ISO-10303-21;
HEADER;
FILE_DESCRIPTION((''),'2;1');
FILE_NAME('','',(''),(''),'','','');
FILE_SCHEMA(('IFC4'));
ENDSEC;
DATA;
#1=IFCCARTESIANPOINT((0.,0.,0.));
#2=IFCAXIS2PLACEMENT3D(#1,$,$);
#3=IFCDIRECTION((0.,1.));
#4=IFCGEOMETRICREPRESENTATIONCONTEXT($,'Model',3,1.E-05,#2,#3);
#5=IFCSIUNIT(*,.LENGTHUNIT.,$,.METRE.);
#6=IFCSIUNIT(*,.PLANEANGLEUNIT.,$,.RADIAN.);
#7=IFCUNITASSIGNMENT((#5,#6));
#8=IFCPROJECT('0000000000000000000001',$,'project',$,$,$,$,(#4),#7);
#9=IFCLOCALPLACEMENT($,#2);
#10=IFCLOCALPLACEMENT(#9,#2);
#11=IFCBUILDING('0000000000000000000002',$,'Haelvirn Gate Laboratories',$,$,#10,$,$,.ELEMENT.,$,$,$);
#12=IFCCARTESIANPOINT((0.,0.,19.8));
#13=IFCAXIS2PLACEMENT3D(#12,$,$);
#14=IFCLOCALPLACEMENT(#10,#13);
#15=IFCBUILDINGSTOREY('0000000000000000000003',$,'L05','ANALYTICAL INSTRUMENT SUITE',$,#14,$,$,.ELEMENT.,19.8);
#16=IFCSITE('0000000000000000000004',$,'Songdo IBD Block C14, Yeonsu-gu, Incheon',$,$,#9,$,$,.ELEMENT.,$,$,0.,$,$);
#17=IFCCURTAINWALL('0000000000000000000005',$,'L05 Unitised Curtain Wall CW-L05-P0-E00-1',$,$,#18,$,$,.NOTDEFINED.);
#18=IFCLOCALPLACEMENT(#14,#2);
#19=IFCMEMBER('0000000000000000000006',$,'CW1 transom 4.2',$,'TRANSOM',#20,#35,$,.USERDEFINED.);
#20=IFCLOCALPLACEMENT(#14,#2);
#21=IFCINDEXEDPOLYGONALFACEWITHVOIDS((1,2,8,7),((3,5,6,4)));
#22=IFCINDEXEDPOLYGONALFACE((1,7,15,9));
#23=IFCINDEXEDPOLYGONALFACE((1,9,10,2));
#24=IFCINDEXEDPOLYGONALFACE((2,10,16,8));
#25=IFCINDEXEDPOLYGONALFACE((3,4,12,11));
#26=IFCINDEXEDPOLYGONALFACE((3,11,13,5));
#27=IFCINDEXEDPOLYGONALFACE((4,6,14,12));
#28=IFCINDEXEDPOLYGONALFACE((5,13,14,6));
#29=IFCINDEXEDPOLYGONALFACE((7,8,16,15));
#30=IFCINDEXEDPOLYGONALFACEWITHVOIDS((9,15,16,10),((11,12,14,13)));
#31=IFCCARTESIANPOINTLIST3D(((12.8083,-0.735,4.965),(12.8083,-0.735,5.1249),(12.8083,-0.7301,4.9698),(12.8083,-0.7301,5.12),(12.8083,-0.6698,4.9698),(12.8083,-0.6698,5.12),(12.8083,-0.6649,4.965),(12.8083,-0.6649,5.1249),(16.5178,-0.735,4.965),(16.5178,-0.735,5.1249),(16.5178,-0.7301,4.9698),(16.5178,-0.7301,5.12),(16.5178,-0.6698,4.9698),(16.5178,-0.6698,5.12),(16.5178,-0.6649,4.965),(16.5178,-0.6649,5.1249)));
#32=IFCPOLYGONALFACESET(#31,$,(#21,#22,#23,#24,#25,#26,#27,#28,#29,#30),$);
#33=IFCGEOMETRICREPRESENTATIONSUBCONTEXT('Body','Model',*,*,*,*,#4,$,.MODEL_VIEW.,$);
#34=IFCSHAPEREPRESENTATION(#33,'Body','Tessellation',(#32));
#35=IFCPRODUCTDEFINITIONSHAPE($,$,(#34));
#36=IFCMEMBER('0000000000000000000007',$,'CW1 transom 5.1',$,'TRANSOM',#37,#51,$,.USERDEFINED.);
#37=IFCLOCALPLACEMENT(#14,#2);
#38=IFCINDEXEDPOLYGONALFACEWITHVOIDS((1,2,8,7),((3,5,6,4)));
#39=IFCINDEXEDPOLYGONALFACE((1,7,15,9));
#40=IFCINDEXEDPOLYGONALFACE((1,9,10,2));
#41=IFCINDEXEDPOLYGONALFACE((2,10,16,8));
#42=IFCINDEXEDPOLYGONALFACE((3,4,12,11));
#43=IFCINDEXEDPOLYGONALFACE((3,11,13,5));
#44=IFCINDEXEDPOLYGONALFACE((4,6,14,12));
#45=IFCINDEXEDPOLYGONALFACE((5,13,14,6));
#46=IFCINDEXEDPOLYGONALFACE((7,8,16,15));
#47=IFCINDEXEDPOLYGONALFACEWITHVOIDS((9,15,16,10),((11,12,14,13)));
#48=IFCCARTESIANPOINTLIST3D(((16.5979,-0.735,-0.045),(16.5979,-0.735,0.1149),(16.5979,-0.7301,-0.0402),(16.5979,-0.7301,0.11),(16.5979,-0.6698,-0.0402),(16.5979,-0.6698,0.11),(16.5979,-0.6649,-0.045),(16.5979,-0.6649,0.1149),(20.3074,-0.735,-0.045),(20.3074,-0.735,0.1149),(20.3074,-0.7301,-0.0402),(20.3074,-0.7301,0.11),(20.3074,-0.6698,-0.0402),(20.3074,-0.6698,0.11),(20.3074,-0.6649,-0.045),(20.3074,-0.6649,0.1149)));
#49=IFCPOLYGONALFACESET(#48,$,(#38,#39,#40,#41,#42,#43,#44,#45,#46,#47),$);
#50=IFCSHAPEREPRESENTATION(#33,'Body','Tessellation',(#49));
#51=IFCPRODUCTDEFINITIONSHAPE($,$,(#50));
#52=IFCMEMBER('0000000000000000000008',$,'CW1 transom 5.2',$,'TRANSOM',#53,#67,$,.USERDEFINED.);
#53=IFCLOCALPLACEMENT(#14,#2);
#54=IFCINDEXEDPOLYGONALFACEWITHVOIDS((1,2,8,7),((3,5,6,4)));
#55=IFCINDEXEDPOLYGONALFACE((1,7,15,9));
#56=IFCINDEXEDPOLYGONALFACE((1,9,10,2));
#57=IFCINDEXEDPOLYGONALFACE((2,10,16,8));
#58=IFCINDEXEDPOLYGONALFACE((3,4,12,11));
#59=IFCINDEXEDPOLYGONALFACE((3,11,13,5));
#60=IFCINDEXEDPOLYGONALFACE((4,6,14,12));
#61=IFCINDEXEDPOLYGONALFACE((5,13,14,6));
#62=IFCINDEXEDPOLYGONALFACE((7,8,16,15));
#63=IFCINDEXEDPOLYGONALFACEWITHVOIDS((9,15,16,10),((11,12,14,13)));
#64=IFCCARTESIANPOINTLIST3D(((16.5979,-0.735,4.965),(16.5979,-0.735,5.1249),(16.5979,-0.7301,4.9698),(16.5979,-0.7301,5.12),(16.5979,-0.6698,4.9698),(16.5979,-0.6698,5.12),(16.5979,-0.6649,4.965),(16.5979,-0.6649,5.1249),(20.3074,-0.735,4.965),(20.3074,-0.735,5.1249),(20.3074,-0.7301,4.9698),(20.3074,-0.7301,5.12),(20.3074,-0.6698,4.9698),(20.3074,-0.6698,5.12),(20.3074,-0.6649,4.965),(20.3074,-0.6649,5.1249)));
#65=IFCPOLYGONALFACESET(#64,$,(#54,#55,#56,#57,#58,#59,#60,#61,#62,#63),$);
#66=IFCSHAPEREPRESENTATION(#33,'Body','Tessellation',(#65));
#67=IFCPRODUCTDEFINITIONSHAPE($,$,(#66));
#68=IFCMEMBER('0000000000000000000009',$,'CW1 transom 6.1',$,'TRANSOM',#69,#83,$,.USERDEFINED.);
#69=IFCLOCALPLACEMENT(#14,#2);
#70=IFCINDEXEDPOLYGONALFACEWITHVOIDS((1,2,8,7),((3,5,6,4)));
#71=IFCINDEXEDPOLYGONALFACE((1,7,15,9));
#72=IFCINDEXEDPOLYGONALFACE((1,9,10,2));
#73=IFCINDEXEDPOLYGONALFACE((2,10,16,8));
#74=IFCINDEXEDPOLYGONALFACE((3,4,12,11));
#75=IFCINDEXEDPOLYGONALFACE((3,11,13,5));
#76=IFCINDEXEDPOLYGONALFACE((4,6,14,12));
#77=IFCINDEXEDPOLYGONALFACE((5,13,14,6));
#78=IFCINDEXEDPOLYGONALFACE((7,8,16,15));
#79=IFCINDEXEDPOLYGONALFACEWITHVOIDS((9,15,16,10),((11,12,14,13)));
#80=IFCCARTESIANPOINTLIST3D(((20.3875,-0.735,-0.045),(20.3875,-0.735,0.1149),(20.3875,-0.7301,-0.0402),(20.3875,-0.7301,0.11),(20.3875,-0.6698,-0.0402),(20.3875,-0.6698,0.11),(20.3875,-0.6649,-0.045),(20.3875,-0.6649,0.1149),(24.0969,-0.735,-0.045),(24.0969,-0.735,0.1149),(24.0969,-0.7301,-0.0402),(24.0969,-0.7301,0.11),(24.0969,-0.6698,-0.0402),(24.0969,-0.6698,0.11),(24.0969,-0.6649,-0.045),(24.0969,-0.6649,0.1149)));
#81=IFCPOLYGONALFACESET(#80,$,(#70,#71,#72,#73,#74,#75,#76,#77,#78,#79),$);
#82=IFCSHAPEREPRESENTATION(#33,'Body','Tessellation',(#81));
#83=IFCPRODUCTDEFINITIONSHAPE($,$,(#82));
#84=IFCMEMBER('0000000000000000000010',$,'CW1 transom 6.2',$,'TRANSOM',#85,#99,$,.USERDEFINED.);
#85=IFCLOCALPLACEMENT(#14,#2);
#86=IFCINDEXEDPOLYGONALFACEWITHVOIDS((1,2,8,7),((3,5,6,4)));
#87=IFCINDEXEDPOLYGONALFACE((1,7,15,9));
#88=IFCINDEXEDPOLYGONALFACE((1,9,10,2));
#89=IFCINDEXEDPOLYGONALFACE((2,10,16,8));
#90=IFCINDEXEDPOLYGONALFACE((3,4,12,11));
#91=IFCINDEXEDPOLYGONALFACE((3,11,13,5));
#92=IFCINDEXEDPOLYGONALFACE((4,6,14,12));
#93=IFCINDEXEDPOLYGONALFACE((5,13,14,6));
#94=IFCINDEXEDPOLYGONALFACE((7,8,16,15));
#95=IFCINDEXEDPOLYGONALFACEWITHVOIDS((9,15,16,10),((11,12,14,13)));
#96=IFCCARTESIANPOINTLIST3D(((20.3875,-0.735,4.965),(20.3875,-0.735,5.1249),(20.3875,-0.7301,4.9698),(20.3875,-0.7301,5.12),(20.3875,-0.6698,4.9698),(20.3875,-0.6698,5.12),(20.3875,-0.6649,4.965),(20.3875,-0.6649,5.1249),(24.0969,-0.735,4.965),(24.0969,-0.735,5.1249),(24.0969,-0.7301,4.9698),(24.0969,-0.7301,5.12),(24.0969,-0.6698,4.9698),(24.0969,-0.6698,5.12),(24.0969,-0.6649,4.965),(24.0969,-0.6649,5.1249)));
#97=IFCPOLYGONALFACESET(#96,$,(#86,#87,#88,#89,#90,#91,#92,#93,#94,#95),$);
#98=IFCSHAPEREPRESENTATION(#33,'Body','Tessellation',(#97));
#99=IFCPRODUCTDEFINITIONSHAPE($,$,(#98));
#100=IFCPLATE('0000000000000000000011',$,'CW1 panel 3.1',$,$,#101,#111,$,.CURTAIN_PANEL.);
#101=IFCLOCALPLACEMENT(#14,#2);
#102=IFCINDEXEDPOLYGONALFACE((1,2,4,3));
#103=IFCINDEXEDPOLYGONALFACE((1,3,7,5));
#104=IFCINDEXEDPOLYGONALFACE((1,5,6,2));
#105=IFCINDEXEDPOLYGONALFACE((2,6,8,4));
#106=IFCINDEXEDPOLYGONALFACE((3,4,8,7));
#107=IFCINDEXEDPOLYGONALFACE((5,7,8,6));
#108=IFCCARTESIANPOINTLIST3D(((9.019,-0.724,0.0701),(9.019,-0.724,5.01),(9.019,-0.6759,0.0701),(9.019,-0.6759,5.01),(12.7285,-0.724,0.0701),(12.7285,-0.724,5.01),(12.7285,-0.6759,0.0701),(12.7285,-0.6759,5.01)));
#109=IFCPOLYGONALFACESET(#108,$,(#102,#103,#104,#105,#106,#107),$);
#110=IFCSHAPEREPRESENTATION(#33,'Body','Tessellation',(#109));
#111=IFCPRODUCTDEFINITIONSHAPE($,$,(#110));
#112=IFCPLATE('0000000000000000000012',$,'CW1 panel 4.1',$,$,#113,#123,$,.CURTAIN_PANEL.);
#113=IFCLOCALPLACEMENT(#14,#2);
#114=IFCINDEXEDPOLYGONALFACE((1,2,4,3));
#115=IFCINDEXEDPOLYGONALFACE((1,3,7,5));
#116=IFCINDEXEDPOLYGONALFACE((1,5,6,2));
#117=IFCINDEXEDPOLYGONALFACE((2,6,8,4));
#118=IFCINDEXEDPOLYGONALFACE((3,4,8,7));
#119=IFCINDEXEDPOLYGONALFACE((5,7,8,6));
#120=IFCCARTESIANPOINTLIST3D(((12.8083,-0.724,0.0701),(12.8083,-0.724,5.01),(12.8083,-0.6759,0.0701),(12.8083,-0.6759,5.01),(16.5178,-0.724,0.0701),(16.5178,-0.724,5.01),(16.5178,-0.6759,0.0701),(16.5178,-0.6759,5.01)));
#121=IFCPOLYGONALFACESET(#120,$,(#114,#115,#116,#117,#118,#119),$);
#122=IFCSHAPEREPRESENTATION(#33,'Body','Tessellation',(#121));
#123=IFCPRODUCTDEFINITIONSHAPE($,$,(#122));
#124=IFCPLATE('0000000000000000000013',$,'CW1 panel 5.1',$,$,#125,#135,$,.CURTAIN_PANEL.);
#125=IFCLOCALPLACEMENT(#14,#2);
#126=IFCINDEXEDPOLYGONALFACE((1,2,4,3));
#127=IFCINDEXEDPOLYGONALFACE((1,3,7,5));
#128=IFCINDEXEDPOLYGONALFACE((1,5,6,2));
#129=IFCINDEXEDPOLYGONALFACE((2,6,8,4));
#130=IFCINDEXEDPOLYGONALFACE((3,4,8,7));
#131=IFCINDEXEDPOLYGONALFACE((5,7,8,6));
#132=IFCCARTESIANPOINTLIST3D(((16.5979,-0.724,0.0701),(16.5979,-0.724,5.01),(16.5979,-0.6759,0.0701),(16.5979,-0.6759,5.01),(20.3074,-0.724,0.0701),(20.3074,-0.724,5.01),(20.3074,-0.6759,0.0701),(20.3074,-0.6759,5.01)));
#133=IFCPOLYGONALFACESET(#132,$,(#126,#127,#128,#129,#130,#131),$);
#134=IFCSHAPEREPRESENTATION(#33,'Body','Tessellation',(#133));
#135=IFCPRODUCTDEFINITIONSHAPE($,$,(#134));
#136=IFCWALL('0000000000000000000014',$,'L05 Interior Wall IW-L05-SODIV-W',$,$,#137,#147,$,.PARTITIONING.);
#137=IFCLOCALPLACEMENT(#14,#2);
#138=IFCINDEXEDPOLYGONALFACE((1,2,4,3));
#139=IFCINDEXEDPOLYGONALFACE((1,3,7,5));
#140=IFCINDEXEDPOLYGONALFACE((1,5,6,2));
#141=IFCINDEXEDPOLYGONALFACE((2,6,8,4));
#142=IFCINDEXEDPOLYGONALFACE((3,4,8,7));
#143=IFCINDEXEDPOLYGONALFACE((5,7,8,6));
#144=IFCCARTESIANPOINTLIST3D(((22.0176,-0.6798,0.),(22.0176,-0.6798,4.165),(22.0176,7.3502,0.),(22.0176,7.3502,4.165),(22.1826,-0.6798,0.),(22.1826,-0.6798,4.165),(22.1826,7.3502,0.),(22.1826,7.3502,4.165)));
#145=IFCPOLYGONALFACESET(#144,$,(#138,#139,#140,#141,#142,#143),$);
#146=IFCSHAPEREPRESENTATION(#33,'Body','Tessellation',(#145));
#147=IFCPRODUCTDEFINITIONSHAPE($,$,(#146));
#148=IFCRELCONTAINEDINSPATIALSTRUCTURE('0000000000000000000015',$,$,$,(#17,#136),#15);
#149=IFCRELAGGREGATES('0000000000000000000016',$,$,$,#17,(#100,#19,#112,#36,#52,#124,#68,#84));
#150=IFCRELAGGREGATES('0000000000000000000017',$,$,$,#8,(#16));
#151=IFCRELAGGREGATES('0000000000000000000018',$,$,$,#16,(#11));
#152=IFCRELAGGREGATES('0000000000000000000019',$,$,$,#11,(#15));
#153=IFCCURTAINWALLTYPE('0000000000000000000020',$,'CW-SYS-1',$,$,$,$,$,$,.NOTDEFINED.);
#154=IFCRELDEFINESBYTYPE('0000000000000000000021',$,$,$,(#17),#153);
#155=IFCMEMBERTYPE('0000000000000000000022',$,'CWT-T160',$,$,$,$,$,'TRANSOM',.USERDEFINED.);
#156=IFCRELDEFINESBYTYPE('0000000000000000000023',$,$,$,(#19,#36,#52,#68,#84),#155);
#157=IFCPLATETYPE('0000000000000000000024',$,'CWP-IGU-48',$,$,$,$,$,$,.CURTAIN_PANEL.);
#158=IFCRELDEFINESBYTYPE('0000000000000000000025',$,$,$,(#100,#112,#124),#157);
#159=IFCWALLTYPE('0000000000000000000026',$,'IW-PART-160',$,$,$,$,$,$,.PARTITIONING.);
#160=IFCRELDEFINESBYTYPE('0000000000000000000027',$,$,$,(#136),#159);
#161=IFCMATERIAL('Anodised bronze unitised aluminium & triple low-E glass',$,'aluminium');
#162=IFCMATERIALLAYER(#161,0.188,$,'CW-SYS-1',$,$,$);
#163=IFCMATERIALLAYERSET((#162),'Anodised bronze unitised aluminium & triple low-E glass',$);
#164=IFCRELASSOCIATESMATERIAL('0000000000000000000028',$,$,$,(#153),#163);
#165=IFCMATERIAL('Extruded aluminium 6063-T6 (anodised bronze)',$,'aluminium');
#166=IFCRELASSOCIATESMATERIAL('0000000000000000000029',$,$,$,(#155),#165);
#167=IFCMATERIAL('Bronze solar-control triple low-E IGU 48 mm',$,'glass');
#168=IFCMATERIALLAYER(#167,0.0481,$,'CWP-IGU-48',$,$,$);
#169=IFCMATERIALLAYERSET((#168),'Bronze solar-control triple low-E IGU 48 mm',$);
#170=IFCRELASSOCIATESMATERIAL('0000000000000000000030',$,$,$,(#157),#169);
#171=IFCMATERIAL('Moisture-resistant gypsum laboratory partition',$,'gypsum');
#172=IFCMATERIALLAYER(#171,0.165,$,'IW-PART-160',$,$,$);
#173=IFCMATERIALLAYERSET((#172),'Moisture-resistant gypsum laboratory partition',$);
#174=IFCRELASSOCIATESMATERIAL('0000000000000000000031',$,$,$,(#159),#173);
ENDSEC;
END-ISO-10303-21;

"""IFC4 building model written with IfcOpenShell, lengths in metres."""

from ifc_helpers import new_model, si_unit, direction, frame, frame_2d, origin, origin_2d, place, context, subcontext, project, spatial, rectangle, hollow_rectangle, extrude, source, transform, mapped, material, layer, layer_set, material_profile, profile_set, type_object, type_shapes, element, aggregate, save


model = new_model("IFC4")

# Units and contexts
model_context = context("Model", 3, precision=1e-05, world=origin(), true_north=direction((0.0, 1.0)))
body_context = subcontext(model_context, "Body", "Model", "MODEL_VIEW")
ifc_project = project(units=[si_unit("LENGTHUNIT", "METRE"), si_unit("PLANEANGLEUNIT", "RADIAN")], contexts=[model_context])

# Site, building, storey
site_placement = place(None, origin())
site = spatial("IfcSite", under=ifc_project, at=site_placement, Name="Songdo IBD Block C14, Yeonsu-gu, Incheon", CompositionType="ELEMENT", RefElevation=0.0)
building_placement = place(site_placement, origin())
building = spatial("IfcBuilding", under=site, at=building_placement, Name="Haelvirn Gate Laboratories", CompositionType="ELEMENT")
storey_placement = place(building_placement, frame((0.0, 0.0, 19.8)))
storey = spatial("IfcBuildingStorey", under=building, at=storey_placement, Name="L05", Description="ANALYTICAL INSTRUMENT SUITE", CompositionType="ELEMENT", Elevation=19.8)

# Curtain wall, members, plates
ifc_material_1 = material(Name="Anodised bronze unitised aluminium & triple low-E glass", Category="aluminium")
ifc_layer_1 = layer(ifc_material_1, 0.188, Name="CW-SYS-1")
ifc_layer_set_1 = layer_set([ifc_layer_1], Name="Anodised bronze unitised aluminium & triple low-E glass")
curtain_wall_type = type_object("IfcCurtainWallType", Name="CW-SYS-1", PredefinedType="NOTDEFINED", material=ifc_layer_set_1)
curtain_wall_placement = place(storey_placement, origin())
curtain_wall = element("IfcCurtainWall", 1, at=curtain_wall_placement, inside=storey, type_object=curtain_wall_type, Name="L05 Unitised Curtain Wall CW-L05-P0-E00-1", PredefinedType="NOTDEFINED")
ifc_material_2 = material(Name="Extruded aluminium 6063-T6 (anodised bronze)", Category="aluminium")
ifc_material_profile_1 = material_profile(ifc_material_2, hollow_rectangle(XDim=0.0701, YDim=0.1599, WallThickness=0.0049, at=origin_2d()), Name="CWT-160x70x5")
ifc_profile_set_1 = profile_set([ifc_material_profile_1], Name="Extruded aluminium 6063-T6 (anodised bronze)")
member_type_1 = type_object("IfcMemberType", Name="CWT-T160", ElementType="TRANSOM", PredefinedType="USERDEFINED", material=ifc_profile_set_1)
shared_shape_1 = source(origin(), body_context, "Body", "SweptSolid", [
    extrude(hollow_rectangle(XDim=0.0701, YDim=0.1599, WallThickness=0.0049, at=origin_2d()), origin(), (0.0, 0.0, 1.0), 3.7095),
])
type_shapes(member_type_1, [shared_shape_1])
member_1_placement = place(storey_placement, frame((12.8083, -0.7, 5.0449), z_axis=(1.0, 0.0, 0.0), x_axis=(0.0, 1.0, 0.0)))
member_1 = element("IfcMember", 2, at=member_1_placement, type_object=member_type_1, Name="CW1 transom 4.2", ObjectType="TRANSOM", PredefinedType="USERDEFINED", context=body_context, shape_type="MappedRepresentation", body=[
    mapped(shared_shape_1, transform((0.0, 0.0, 0.0), scale=1.0)),
])
member_2_placement = place(storey_placement, frame((16.5979, -0.7, 0.0349), z_axis=(1.0, 0.0, 0.0), x_axis=(0.0, 1.0, 0.0)))
member_2 = element("IfcMember", 3, at=member_2_placement, type_object=member_type_1, Name="CW1 transom 5.1", ObjectType="TRANSOM", PredefinedType="USERDEFINED", context=body_context, shape_type="MappedRepresentation", body=[
    mapped(shared_shape_1, transform((0.0, 0.0, 0.0), scale=1.0)),
])
member_3_placement = place(storey_placement, frame((16.5979, -0.7, 5.0449), z_axis=(1.0, 0.0, 0.0), x_axis=(0.0, 1.0, 0.0)))
member_3 = element("IfcMember", 4, at=member_3_placement, type_object=member_type_1, Name="CW1 transom 5.2", ObjectType="TRANSOM", PredefinedType="USERDEFINED", context=body_context, shape_type="MappedRepresentation", body=[
    mapped(shared_shape_1, transform((0.0, 0.0, 0.0), scale=1.0)),
])
member_4_placement = place(storey_placement, frame((20.3875, -0.7, 0.0349), z_axis=(1.0, 0.0, 0.0), x_axis=(0.0, 1.0, 0.0)))
member_4 = element("IfcMember", 5, at=member_4_placement, type_object=member_type_1, Name="CW1 transom 6.1", ObjectType="TRANSOM", PredefinedType="USERDEFINED", context=body_context, shape_type="MappedRepresentation", body=[
    mapped(shared_shape_1, transform((0.0, 0.0, 0.0), scale=1.0)),
])
member_5_placement = place(storey_placement, frame((20.3875, -0.7, 5.0449), z_axis=(1.0, 0.0, 0.0), x_axis=(0.0, 1.0, 0.0)))
member_5 = element("IfcMember", 6, at=member_5_placement, type_object=member_type_1, Name="CW1 transom 6.2", ObjectType="TRANSOM", PredefinedType="USERDEFINED", context=body_context, shape_type="MappedRepresentation", body=[
    mapped(shared_shape_1, transform((0.0, 0.0, 0.0), scale=1.0)),
])
ifc_material_3 = material(Name="Bronze solar-control triple low-E IGU 48 mm", Category="glass")
ifc_layer_2 = layer(ifc_material_3, 0.0481, Name="CWP-IGU-48")
ifc_layer_set_2 = layer_set([ifc_layer_2], Name="Bronze solar-control triple low-E IGU 48 mm")
plate_type = type_object("IfcPlateType", Name="CWP-IGU-48", PredefinedType="CURTAIN_PANEL", material=ifc_layer_set_2)
shared_shape_2 = source(origin(), body_context, "Body", "SweptSolid", [
    extrude(rectangle(XDim=3.7095, YDim=0.0481, at=origin_2d()), origin(), (0.0, 0.0, 1.0), 4.9399),
])
type_shapes(plate_type, [shared_shape_2])
plate_1_placement = place(storey_placement, frame((10.8738, -0.7, 0.0701), z_axis=(0.0, 0.0, 1.0), x_axis=(1.0, 0.0, 0.0)))
plate_1 = element("IfcPlate", 7, at=plate_1_placement, type_object=plate_type, Name="CW1 panel 3.1", PredefinedType="CURTAIN_PANEL", context=body_context, shape_type="MappedRepresentation", body=[
    mapped(shared_shape_2, transform((0.0, 0.0, 0.0), scale=1.0)),
])
plate_2_placement = place(storey_placement, frame((14.6631, -0.7, 0.0701), z_axis=(0.0, 0.0, 1.0), x_axis=(1.0, 0.0, 0.0)))
plate_2 = element("IfcPlate", 8, at=plate_2_placement, type_object=plate_type, Name="CW1 panel 4.1", PredefinedType="CURTAIN_PANEL", context=body_context, shape_type="MappedRepresentation", body=[
    mapped(shared_shape_2, transform((0.0, 0.0, 0.0), scale=1.0)),
])
plate_3_placement = place(storey_placement, frame((18.4526, -0.7, 0.0701), z_axis=(0.0, 0.0, 1.0), x_axis=(1.0, 0.0, 0.0)))
plate_3 = element("IfcPlate", 9, at=plate_3_placement, type_object=plate_type, Name="CW1 panel 5.1", PredefinedType="CURTAIN_PANEL", context=body_context, shape_type="MappedRepresentation", body=[
    mapped(shared_shape_2, transform((0.0, 0.0, 0.0), scale=1.0)),
])
aggregate(curtain_wall, [plate_1, member_1, plate_2, member_2, member_3, plate_3, member_4, member_5])

# Wall
ifc_material_4 = material(Name="Moisture-resistant gypsum laboratory partition", Category="gypsum")
ifc_layer_3 = layer(ifc_material_4, 0.165, Name="IW-PART-160")
ifc_layer_set_3 = layer_set([ifc_layer_3], Name="Moisture-resistant gypsum laboratory partition")
wall_type = type_object("IfcWallType", Name="IW-PART-160", PredefinedType="PARTITIONING", material=ifc_layer_set_3)
wall_placement = place(storey_placement, frame((22.1001, -0.6799, 0.0), z_axis=(0.0, 0.0, 1.0), x_axis=(0.0, 1.0, 0.0)))
element("IfcWall", 10, at=wall_placement, inside=storey, type_object=wall_type, Name="L05 Interior Wall IW-L05-SODIV-W", PredefinedType="PARTITIONING", context=body_context, shape_type="SweptSolid", body=[
    extrude(rectangle(XDim=8.03, YDim=0.165, at=frame_2d((4.0151, 0.0))), origin(), (0.0, 0.0, 1.0), 4.165),
])

save(model, "model.ifc")
